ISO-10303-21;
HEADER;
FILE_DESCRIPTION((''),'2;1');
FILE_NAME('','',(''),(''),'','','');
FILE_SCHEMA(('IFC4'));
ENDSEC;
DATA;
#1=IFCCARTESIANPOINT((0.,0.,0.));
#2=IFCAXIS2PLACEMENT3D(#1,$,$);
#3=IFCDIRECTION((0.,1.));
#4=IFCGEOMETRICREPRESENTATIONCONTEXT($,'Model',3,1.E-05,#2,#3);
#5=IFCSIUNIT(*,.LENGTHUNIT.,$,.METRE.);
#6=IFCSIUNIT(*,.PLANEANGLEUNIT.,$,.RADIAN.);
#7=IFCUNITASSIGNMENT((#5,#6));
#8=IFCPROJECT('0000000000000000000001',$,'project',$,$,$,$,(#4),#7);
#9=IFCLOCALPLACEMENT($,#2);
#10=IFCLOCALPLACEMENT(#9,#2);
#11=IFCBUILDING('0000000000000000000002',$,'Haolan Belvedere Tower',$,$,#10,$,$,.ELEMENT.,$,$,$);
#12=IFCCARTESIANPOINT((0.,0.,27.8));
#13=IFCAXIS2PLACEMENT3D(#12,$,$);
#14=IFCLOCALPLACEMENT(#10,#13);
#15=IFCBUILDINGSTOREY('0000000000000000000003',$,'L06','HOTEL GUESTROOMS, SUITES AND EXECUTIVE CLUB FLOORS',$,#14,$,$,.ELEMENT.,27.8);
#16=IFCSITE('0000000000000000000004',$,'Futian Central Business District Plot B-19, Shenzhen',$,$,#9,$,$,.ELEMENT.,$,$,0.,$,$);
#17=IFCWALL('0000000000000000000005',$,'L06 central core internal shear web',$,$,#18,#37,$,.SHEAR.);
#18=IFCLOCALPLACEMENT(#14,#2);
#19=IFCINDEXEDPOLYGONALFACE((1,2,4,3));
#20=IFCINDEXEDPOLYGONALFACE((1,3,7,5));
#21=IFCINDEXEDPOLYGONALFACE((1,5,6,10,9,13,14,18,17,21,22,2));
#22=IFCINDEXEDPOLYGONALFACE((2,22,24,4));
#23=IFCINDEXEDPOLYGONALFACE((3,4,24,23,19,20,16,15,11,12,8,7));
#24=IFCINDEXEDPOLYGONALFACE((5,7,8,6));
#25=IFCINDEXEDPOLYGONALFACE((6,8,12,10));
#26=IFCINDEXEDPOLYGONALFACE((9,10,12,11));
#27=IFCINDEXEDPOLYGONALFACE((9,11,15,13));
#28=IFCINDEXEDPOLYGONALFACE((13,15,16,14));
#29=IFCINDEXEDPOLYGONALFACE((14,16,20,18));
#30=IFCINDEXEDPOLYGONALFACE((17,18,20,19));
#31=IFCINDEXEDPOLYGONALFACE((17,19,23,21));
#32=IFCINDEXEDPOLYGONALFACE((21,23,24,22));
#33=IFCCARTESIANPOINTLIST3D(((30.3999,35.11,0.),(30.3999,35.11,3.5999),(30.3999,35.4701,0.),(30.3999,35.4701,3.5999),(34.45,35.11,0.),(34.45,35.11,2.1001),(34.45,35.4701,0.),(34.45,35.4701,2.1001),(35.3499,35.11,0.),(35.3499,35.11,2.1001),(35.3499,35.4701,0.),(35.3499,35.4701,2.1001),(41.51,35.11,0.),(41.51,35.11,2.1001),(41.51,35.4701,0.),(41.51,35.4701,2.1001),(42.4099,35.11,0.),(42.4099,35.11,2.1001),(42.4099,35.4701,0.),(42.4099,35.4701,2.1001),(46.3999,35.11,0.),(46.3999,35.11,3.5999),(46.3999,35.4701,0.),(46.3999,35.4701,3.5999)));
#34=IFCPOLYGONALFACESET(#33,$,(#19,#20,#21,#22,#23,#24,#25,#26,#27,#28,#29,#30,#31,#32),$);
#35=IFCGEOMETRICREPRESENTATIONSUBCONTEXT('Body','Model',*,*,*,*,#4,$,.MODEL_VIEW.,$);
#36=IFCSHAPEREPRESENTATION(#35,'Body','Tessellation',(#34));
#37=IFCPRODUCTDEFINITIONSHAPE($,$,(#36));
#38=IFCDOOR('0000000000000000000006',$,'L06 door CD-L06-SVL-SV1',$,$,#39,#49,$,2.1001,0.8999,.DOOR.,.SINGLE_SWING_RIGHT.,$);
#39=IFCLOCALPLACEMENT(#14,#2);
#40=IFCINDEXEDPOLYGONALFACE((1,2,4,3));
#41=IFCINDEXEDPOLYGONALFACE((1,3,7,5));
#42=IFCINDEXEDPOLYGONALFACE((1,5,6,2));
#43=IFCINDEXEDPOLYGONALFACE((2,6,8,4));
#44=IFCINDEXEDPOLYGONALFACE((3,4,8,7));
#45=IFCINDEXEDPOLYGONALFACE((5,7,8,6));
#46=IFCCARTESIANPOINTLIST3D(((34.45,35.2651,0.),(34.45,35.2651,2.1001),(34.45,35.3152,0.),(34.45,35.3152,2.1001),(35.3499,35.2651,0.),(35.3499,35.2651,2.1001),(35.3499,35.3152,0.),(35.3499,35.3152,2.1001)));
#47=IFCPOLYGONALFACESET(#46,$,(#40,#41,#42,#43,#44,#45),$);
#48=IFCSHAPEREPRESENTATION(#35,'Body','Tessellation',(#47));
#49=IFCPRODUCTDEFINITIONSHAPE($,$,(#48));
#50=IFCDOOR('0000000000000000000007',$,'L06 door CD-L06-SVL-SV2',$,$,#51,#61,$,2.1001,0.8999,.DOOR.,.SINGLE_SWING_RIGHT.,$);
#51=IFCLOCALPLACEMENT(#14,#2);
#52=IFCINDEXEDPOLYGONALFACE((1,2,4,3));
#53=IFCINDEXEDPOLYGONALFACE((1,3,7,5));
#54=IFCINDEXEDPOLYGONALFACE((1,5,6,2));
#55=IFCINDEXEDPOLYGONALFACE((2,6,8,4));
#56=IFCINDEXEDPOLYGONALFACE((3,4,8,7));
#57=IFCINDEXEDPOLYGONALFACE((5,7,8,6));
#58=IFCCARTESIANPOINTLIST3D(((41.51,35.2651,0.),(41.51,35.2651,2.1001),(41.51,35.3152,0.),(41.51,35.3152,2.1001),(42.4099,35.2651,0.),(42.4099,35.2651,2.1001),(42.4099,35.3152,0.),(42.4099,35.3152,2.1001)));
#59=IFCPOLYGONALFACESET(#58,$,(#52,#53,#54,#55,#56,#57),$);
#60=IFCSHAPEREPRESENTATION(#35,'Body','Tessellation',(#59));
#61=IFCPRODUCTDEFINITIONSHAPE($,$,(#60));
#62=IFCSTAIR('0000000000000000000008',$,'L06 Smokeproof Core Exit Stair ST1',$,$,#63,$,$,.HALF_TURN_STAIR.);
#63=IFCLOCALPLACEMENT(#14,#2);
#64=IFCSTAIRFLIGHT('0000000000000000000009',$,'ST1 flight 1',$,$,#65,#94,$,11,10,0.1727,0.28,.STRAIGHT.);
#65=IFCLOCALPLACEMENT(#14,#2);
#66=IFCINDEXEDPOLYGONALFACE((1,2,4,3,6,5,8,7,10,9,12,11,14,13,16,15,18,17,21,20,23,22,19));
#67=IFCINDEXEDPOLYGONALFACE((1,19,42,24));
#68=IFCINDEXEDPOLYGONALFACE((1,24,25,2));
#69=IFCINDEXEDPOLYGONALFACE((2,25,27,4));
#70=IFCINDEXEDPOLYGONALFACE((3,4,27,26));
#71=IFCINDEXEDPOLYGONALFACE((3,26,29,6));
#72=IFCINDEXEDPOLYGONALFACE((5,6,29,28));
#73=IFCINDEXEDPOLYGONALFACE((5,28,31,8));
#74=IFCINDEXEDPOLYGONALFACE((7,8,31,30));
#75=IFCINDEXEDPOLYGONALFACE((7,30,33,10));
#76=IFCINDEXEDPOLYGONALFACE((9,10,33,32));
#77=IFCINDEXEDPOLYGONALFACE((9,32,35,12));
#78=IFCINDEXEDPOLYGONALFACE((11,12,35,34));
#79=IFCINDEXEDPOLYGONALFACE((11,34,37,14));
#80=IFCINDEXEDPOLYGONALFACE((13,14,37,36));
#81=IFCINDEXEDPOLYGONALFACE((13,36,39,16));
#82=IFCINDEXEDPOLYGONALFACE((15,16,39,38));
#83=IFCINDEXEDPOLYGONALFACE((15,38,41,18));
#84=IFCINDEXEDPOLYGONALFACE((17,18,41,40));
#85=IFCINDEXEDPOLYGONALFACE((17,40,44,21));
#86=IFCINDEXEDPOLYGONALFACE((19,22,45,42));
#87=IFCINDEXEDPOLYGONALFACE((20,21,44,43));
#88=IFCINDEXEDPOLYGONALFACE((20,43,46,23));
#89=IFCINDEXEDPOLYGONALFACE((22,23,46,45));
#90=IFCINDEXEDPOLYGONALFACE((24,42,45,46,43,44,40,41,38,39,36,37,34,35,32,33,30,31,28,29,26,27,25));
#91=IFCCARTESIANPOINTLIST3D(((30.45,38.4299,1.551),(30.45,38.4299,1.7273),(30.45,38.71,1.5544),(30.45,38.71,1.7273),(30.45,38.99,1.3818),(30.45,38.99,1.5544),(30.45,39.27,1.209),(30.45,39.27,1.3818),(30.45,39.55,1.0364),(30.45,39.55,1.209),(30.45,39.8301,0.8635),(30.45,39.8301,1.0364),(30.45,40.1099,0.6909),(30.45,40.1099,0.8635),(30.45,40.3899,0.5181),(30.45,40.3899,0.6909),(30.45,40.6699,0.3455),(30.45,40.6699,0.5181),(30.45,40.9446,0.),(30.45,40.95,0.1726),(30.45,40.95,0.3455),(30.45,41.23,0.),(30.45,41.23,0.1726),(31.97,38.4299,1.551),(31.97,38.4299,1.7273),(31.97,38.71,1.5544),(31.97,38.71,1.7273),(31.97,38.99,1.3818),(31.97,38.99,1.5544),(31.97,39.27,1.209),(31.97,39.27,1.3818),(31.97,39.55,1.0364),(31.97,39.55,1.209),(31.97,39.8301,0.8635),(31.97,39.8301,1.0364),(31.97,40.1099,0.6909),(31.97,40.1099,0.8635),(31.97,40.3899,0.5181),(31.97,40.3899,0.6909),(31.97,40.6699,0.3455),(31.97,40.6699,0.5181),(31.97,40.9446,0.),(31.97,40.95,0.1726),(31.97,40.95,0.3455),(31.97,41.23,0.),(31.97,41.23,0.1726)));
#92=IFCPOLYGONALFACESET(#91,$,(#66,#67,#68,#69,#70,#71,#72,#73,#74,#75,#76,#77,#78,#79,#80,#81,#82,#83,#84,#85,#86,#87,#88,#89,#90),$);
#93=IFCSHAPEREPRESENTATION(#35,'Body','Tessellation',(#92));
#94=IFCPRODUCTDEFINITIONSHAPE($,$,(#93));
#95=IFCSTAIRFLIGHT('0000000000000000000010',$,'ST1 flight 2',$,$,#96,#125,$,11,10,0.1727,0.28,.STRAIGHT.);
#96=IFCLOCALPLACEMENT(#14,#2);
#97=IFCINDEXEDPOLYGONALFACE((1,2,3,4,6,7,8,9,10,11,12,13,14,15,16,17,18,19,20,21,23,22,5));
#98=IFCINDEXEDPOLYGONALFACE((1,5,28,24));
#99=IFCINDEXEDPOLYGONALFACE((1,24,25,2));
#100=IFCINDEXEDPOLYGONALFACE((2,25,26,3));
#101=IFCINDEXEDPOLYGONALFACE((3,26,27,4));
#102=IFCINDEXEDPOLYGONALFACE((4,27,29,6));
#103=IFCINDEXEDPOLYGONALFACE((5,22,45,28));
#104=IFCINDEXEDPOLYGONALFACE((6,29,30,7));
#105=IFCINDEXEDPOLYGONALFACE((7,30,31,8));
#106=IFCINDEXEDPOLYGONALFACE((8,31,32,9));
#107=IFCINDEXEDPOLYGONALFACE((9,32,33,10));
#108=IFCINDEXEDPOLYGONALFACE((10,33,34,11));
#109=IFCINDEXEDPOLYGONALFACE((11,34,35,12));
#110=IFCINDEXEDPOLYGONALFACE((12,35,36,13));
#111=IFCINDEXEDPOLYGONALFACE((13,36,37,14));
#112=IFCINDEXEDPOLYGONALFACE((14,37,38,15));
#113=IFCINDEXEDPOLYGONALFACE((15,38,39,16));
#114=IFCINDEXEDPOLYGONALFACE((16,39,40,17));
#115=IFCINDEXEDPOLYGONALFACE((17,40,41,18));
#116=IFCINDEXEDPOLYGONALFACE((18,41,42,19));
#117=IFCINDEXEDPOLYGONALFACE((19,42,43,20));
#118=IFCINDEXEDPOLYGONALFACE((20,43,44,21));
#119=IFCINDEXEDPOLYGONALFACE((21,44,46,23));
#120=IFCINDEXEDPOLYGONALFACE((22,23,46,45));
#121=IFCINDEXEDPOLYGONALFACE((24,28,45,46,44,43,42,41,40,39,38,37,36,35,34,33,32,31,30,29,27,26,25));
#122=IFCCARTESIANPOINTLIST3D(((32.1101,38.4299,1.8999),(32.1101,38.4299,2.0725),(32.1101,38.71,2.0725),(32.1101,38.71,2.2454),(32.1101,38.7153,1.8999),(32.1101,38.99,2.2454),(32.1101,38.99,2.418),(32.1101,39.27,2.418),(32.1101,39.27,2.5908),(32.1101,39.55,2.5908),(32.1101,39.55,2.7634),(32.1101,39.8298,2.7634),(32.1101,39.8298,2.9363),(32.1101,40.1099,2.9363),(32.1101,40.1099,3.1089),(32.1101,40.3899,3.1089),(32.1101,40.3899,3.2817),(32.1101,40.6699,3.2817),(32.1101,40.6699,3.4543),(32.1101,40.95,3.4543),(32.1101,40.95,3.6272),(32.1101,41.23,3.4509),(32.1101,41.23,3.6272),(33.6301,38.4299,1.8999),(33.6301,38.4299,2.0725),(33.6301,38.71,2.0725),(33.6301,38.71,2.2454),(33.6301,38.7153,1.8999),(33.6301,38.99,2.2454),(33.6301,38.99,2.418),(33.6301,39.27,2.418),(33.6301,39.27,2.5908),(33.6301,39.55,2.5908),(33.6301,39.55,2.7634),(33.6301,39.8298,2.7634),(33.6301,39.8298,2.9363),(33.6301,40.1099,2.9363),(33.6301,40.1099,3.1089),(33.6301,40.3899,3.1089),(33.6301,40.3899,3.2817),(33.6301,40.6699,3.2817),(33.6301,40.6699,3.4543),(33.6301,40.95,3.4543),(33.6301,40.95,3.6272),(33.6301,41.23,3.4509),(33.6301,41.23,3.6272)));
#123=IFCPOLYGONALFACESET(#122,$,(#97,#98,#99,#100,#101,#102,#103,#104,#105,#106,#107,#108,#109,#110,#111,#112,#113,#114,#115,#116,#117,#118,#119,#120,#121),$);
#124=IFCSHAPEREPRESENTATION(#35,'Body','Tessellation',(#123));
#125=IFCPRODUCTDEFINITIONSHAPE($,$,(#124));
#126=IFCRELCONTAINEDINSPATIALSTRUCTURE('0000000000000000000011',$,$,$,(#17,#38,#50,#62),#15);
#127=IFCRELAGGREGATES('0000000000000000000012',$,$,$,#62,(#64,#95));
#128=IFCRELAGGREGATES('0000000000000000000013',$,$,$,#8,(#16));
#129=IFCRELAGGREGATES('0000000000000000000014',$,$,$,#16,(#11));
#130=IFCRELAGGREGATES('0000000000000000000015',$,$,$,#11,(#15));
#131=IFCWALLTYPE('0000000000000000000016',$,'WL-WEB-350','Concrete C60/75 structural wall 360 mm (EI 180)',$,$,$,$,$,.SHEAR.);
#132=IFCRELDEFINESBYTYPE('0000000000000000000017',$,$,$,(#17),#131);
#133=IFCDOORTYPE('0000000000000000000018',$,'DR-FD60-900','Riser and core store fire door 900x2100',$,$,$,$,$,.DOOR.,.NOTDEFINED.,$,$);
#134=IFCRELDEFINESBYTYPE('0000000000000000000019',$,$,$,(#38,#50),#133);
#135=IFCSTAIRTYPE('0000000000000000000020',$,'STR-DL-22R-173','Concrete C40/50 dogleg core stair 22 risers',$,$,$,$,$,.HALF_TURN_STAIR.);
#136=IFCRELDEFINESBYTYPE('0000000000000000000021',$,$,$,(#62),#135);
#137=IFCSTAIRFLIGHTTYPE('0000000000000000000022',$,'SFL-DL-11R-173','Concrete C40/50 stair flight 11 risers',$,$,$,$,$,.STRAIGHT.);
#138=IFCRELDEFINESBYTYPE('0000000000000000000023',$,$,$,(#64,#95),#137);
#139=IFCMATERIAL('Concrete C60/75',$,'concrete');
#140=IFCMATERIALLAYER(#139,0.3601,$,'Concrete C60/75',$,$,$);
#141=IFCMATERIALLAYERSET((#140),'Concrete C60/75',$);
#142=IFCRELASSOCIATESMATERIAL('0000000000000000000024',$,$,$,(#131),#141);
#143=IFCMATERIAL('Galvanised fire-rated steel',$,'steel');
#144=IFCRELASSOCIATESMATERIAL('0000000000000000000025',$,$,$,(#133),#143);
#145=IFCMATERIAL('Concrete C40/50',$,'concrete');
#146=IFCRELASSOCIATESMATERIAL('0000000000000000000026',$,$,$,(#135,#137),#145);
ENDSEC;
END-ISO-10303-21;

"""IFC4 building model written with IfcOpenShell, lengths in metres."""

from ifc_helpers import new_model, si_unit, direction, frame, frame_2d, origin, place, context, subcontext, project, spatial, polyline, rectangle, outline, extrude, material, layer, layer_set, type_object, element, fill, aggregate, save


model = new_model("IFC4")

# Units and contexts
model_context = context("Model", 3, precision=1e-05, world=origin(), true_north=direction((0.0, 1.0)))
body_context = subcontext(model_context, "Body", "Model", "MODEL_VIEW")
ifc_project = project(units=[si_unit("LENGTHUNIT", "METRE"), si_unit("PLANEANGLEUNIT", "RADIAN")], contexts=[model_context])

# Site, building, storey
site_placement = place(None, origin())
site = spatial("IfcSite", under=ifc_project, at=site_placement, Name="Futian Central Business District Plot B-19, Shenzhen", CompositionType="ELEMENT", RefElevation=0.0)
building_placement = place(site_placement, origin())
building = spatial("IfcBuilding", under=site, at=building_placement, Name="Haolan Belvedere Tower", CompositionType="ELEMENT")
storey_placement = place(building_placement, frame((0.0, 0.0, 27.8)))
storey = spatial("IfcBuildingStorey", under=building, at=storey_placement, Name="L06", Description="HOTEL GUESTROOMS, SUITES AND EXECUTIVE CLUB FLOORS", CompositionType="ELEMENT", Elevation=27.8)

# Shared definitions
ifc_material_1 = material(Name="Concrete C60/75", Category="concrete")

# Wall, openings, doors
ifc_layer_1 = layer(ifc_material_1, 0.3601, Name="Concrete C60/75")
ifc_layer_set_1 = layer_set([ifc_layer_1], Name="Concrete C60/75")
wall_type_1 = type_object("IfcWallType", Name="WL-WEB-350", Description="Concrete C60/75 structural wall 360 mm (EI 180)", PredefinedType="SHEAR", material=ifc_layer_set_1)
wall_1_placement = place(storey_placement, frame((30.3999, 35.29, 0.0), z_axis=(0.0, 0.0, 1.0), x_axis=(1.0, 0.0, 0.0)))
wall_1 = element("IfcWall", 1, at=wall_1_placement, inside=storey, type_object=wall_type_1, Name="L06 central core internal shear web", PredefinedType="SHEAR", context=body_context, shape_type="SweptSolid", body=[
    extrude(rectangle(XDim=16.0, YDim=0.3601, at=frame_2d((8.0, 0.0))), origin(), (0.0, 0.0, 1.0), 3.5999),
])
opening_1_placement = place(wall_1_placement, frame((4.95, 0.0, 0.0), z_axis=(0.0, 0.0, 1.0), x_axis=(-1.0, 0.0, 0.0)))
opening_1 = element("IfcOpeningElement", 2, at=opening_1_placement, cuts=wall_1, PredefinedType="OPENING", context=body_context, shape_type="SweptSolid", body=[
    extrude(rectangle(XDim=0.8999, YDim=2.1001, at=frame_2d((0.45, 1.05))), frame((0.0, 0.1899, 0.0), z_axis=(0.0, -1.0, 0.0), x_axis=(1.0, 0.0, 0.0)), (0.0, 0.0, 1.0), 0.3801),
])
opening_2_placement = place(wall_1_placement, frame((12.01, 0.0, 0.0), z_axis=(0.0, 0.0, 1.0), x_axis=(-1.0, 0.0, 0.0)))
opening_2 = element("IfcOpeningElement", 3, at=opening_2_placement, cuts=wall_1, PredefinedType="OPENING", context=body_context, shape_type="SweptSolid", body=[
    extrude(rectangle(XDim=0.8999, YDim=2.1001, at=frame_2d((0.45, 1.05))), frame((0.0, 0.1899, 0.0), z_axis=(0.0, -1.0, 0.0), x_axis=(1.0, 0.0, 0.0)), (0.0, 0.0, 1.0), 0.3801),
])
ifc_material_2 = material(Name="Galvanised fire-rated steel", Category="steel")
door_type_1 = type_object("IfcDoorType", Name="DR-FD60-900", Description="Riser and core store fire door 900x2100", OperationType="NOTDEFINED", PredefinedType="DOOR", material=ifc_material_2)
door_1_placement = place(opening_1_placement, origin())
door_1 = element("IfcDoor", 4, at=door_1_placement, inside=storey, type_object=door_type_1, Name="L06 door CD-L06-SVL-SV1", OperationType="SINGLE_SWING_RIGHT", OverallHeight=2.1001, OverallWidth=0.8999, PredefinedType="DOOR", context=body_context, shape_type="SweptSolid", body=[
    extrude(rectangle(XDim=0.8999, YDim=2.1001, at=frame_2d((0.45, 1.05))), frame((0.0, 0.0249, 0.0), z_axis=(0.0, -1.0, 0.0), x_axis=(1.0, 0.0, 0.0)), (0.0, 0.0, 1.0), 0.05),
])
fill(opening_1, door_1)
door_2_placement = place(opening_2_placement, origin())
door_2 = element("IfcDoor", 5, at=door_2_placement, inside=storey, type_object=door_type_1, Name="L06 door CD-L06-SVL-SV2", OperationType="SINGLE_SWING_RIGHT", OverallHeight=2.1001, OverallWidth=0.8999, PredefinedType="DOOR", context=body_context, shape_type="SweptSolid", body=[
    extrude(rectangle(XDim=0.8999, YDim=2.1001, at=frame_2d((0.45, 1.05))), frame((0.0, 0.0249, 0.0), z_axis=(0.0, -1.0, 0.0), x_axis=(1.0, 0.0, 0.0)), (0.0, 0.0, 1.0), 0.05),
])
fill(opening_2, door_2)

# Stair, stair flights
ifc_material_3 = material(Name="Concrete C40/50", Category="concrete")
stair_type = type_object("IfcStairType", Name="STR-DL-22R-173", Description="Concrete C40/50 dogleg core stair 22 risers", PredefinedType="HALF_TURN_STAIR", material=ifc_material_3)
stair_placement = place(storey_placement, origin())
stair = element("IfcStair", 6, at=stair_placement, inside=storey, type_object=stair_type, Name="L06 Smokeproof Core Exit Stair ST1", PredefinedType="HALF_TURN_STAIR")
stair_flight_type = type_object("IfcStairFlightType", Name="SFL-DL-11R-173", Description="Concrete C40/50 stair flight 11 risers", PredefinedType="STRAIGHT", material=ifc_material_3)
stair_flight_1_placement = place(storey_placement, frame((31.21, 41.23, 0.0), z_axis=(0.0, 0.0, 1.0), x_axis=(0.0, -1.0, 0.0)))
stair_flight_1 = element("IfcStairFlight", 7, at=stair_flight_1_placement, type_object=stair_flight_type, Name="ST1 flight 1", NumberOfRisers=11, NumberOfTreads=10, PredefinedType="STRAIGHT", RiserHeight=0.1727, TreadLength=0.28, context=body_context, shape_type="SweptSolid", body=[
    extrude(outline(polyline([(0.0, 0.0), (0.0, 0.1726), (0.28, 0.1726), (0.28, 0.3455), (0.5601, 0.3455), (0.5601, 0.5181), (0.8401, 0.5181), (0.8401, 0.6909), (1.1201, 0.6909), (1.1201, 0.8635), (1.3999, 0.8635), (1.3999, 1.0364), (1.6799, 1.0364), (1.6799, 1.209), (1.96, 1.209), (1.96, 1.3818), (2.24, 1.3818), (2.24, 1.5544), (2.52, 1.5544), (2.52, 1.7273), (2.8, 1.7273), (2.8, 1.8999), (2.8, 1.551), (0.2854, 0.0), (0.0, 0.0)])), frame((0.0, 0.76, 0.0), z_axis=(0.0, -1.0, 0.0), x_axis=(1.0, 0.0, 0.0)), (0.0, 0.0, 1.0), 1.52),
])
stair_flight_2_placement = place(storey_placement, frame((32.8701, 38.4299, 1.8999), z_axis=(0.0, 0.0, 1.0), x_axis=(0.0, 1.0, 0.0)))
stair_flight_2 = element("IfcStairFlight", 8, at=stair_flight_2_placement, type_object=stair_flight_type, Name="ST1 flight 2", NumberOfRisers=11, NumberOfTreads=10, PredefinedType="STRAIGHT", RiserHeight=0.1727, TreadLength=0.28, context=body_context, shape_type="SweptSolid", body=[
    extrude(outline(polyline([(0.0, 0.0), (0.0, 0.1726), (0.28, 0.1726), (0.28, 0.3455), (0.5601, 0.3455), (0.5601, 0.5181), (0.8401, 0.5181), (0.8401, 0.6909), (1.1201, 0.6909), (1.1201, 0.8635), (1.3999, 0.8635), (1.3999, 1.0364), (1.6799, 1.0364), (1.6799, 1.209), (1.96, 1.209), (1.96, 1.3818), (2.24, 1.3818), (2.24, 1.5544), (2.52, 1.5544), (2.52, 1.7273), (2.8, 1.7273), (2.8, 1.8999), (2.8, 1.551), (0.2854, 0.0), (0.0, 0.0)])), frame((0.0, 0.76, 0.0), z_axis=(0.0, -1.0, 0.0), x_axis=(1.0, 0.0, 0.0)), (0.0, 0.0, 1.0), 1.52),
])
aggregate(stair, [stair_flight_1, stair_flight_2])

save(model, "model.ifc")
